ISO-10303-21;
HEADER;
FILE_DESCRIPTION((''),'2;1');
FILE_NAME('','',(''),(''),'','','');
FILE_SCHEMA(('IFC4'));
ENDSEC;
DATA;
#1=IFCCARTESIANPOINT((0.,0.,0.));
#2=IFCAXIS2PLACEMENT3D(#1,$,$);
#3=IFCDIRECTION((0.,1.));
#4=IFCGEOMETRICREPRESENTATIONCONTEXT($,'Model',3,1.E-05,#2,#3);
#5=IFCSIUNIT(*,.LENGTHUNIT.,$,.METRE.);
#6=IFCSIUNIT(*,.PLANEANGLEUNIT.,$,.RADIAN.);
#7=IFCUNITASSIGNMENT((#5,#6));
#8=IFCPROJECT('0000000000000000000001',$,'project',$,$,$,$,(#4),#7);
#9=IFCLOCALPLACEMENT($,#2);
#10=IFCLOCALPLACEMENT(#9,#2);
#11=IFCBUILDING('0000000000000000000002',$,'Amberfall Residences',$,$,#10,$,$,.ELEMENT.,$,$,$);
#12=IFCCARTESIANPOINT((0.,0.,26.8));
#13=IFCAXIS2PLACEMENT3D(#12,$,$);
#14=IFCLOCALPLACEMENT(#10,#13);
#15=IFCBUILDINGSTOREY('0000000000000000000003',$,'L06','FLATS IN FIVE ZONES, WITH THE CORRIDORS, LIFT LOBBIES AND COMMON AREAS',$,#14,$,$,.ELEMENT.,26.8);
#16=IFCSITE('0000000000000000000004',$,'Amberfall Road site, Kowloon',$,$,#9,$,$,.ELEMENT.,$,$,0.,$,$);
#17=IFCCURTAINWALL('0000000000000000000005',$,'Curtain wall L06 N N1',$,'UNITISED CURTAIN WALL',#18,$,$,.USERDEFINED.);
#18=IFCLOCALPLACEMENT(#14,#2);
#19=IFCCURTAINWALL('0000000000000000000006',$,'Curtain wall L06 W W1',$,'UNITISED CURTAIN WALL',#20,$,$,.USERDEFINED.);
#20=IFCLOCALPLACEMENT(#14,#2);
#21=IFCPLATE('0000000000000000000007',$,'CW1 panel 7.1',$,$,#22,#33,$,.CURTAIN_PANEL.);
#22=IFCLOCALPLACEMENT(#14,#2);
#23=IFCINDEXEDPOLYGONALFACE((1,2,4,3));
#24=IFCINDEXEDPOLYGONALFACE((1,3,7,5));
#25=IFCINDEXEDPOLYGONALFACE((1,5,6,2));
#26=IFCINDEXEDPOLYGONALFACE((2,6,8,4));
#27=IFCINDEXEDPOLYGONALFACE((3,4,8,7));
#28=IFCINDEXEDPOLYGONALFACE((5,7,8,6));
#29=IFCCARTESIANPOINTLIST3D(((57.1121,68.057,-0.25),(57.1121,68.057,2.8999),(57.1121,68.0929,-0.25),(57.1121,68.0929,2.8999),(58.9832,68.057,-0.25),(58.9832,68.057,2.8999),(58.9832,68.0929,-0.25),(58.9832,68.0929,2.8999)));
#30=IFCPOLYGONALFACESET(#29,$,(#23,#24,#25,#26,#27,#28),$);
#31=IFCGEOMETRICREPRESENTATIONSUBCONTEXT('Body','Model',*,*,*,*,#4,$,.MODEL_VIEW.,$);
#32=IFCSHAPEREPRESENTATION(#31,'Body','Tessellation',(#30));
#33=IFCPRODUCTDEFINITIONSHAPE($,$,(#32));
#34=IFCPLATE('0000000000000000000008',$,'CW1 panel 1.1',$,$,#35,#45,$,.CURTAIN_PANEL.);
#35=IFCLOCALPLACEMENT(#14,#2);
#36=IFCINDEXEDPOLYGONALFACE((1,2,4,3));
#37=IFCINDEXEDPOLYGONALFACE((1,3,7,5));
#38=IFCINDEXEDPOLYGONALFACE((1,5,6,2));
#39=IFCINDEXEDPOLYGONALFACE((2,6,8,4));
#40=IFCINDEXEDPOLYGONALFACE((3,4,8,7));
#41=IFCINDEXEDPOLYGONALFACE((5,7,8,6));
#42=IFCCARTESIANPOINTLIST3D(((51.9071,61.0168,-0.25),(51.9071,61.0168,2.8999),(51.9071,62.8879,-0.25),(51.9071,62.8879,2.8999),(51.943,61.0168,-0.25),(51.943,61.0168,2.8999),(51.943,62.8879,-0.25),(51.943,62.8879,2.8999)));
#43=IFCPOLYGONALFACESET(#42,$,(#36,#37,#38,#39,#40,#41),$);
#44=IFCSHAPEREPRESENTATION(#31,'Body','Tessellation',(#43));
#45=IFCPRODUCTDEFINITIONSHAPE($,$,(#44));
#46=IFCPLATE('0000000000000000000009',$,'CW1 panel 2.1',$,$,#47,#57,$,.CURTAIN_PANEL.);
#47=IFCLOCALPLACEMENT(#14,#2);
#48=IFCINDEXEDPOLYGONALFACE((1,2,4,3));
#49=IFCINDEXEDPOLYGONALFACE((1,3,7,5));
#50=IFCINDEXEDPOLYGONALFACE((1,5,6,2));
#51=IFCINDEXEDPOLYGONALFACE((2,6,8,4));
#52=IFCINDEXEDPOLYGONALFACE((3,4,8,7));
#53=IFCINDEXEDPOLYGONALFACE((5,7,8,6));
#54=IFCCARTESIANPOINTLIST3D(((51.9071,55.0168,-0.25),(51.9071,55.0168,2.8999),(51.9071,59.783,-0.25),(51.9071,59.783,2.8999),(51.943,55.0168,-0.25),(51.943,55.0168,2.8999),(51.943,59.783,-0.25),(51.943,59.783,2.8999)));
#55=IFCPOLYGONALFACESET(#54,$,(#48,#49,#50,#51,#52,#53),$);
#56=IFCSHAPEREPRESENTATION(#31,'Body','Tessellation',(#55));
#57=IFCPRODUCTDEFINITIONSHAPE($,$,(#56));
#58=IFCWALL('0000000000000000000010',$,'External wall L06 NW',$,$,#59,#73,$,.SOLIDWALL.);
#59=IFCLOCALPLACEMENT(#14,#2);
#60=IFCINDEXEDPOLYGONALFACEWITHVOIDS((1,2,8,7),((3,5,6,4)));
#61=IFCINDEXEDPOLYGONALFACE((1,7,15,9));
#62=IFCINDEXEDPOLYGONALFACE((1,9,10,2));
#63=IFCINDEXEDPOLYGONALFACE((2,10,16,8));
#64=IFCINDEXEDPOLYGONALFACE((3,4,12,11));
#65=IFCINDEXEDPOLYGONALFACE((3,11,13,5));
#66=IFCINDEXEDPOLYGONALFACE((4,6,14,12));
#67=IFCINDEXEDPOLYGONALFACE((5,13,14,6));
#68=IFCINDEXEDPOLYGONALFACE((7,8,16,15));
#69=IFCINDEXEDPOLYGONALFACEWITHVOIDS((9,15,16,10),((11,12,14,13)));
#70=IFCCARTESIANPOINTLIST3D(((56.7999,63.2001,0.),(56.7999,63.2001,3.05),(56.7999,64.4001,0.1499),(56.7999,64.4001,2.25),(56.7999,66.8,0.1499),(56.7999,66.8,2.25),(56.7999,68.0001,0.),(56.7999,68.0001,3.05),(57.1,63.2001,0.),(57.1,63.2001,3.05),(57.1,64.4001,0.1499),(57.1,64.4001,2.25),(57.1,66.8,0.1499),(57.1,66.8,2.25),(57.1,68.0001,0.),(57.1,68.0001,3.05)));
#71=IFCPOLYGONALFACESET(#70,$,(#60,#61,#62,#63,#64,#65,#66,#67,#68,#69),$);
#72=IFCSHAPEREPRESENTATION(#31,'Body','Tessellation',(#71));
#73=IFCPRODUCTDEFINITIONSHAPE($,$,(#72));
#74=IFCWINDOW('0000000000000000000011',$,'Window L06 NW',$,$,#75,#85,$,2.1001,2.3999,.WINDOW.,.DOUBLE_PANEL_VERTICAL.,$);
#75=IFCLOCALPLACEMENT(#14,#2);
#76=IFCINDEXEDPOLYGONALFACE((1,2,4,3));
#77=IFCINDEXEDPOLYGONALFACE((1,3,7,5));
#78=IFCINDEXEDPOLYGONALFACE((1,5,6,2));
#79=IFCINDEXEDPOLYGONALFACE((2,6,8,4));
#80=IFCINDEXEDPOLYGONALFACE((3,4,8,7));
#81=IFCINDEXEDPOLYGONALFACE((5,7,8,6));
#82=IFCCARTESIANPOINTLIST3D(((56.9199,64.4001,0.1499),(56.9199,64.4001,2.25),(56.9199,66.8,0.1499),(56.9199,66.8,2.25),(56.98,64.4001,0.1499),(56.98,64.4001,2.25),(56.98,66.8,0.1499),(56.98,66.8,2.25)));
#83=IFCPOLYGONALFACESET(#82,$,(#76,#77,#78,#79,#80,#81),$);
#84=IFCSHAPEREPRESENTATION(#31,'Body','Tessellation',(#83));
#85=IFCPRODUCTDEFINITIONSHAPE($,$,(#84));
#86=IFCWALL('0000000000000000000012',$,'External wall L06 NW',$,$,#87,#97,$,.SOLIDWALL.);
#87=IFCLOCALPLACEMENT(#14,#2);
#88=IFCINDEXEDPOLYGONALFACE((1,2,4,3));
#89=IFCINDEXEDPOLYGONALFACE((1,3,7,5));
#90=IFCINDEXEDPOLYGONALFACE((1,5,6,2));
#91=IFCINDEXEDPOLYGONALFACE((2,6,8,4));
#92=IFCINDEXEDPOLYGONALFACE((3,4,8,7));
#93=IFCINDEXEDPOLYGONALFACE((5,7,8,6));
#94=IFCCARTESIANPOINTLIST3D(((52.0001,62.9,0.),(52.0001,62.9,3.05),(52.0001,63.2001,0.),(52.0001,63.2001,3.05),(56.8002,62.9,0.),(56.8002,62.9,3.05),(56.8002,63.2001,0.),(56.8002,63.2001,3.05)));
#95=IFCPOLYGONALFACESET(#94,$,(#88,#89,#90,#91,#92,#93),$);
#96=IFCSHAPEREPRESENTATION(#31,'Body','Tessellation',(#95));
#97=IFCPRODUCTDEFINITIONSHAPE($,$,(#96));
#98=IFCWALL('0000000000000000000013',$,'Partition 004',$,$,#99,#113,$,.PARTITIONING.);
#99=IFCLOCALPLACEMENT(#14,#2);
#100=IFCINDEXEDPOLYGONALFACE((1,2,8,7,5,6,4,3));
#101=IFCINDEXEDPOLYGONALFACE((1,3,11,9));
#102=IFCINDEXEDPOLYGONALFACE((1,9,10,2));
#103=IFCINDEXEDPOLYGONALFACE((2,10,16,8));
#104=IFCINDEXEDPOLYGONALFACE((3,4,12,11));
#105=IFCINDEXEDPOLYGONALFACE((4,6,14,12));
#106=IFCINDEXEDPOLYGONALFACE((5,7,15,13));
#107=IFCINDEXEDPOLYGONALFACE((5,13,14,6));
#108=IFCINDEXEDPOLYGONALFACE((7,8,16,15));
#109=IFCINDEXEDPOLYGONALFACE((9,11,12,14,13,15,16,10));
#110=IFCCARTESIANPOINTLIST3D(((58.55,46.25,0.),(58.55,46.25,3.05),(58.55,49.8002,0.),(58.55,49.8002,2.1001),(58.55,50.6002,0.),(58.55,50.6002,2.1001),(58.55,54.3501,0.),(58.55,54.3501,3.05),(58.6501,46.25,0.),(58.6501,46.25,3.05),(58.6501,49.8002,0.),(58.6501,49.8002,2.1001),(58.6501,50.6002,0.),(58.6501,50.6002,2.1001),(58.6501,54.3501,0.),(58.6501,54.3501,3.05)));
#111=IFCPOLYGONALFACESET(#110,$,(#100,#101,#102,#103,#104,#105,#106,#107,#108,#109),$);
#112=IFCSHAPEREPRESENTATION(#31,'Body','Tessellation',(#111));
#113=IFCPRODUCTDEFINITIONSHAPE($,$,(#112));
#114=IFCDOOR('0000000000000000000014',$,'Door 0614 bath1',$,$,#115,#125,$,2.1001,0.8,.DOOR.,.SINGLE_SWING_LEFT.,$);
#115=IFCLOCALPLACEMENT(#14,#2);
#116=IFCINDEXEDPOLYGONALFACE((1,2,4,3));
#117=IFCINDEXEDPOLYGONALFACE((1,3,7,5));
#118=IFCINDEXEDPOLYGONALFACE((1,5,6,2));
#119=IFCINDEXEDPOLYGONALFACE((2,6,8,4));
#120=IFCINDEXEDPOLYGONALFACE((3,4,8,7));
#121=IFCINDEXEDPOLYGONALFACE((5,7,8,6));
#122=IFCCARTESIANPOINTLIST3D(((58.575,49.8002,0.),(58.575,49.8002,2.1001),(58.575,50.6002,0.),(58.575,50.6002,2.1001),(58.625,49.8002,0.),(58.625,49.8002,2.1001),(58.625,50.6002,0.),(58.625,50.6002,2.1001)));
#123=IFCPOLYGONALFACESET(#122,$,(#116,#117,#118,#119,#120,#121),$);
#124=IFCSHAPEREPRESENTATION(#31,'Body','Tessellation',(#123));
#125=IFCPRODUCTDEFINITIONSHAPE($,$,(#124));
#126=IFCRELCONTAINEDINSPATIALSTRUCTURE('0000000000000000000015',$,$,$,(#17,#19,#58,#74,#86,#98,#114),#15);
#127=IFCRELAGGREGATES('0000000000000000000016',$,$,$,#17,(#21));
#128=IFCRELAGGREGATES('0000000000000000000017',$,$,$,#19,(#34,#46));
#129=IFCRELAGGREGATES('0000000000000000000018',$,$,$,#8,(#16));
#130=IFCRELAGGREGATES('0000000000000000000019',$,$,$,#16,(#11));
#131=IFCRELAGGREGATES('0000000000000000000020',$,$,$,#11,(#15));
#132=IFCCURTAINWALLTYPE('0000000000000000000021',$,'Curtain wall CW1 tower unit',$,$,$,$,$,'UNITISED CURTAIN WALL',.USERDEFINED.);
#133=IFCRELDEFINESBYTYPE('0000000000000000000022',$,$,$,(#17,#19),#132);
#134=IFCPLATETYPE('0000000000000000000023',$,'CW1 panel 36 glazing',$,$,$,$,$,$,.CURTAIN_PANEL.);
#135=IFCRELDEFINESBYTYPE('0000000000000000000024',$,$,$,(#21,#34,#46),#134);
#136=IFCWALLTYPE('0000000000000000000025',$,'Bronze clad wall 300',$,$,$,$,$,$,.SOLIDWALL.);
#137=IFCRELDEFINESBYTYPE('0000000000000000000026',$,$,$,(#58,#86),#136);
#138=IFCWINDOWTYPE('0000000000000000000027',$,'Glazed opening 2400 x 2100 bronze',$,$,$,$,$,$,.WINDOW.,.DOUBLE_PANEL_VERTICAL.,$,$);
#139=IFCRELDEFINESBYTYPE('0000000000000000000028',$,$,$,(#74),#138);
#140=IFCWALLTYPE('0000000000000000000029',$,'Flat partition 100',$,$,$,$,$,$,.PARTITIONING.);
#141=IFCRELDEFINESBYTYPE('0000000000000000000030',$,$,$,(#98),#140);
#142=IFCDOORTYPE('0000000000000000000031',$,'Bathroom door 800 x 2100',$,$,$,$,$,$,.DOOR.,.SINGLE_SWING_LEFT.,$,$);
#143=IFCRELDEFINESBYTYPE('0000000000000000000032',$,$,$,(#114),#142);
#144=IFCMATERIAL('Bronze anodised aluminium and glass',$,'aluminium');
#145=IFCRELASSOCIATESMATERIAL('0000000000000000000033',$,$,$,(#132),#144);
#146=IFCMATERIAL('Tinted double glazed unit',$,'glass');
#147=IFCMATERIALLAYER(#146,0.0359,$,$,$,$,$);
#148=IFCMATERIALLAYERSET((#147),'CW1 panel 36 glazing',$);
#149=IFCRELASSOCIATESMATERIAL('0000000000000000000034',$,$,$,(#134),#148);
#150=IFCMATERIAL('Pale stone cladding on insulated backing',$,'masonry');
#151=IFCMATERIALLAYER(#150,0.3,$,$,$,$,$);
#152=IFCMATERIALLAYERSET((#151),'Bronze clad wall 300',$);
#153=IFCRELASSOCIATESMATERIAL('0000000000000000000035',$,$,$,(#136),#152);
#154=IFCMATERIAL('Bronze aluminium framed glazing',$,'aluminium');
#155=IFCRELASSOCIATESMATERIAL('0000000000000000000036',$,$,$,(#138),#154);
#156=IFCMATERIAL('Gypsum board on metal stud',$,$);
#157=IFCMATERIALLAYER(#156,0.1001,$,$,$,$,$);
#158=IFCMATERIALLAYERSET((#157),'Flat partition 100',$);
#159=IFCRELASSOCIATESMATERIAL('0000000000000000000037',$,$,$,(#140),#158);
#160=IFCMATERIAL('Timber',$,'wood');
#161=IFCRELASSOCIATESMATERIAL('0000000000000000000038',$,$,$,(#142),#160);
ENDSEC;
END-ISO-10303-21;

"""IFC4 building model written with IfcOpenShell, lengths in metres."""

from ifc_helpers import new_model, si_unit, direction, frame, frame_2d, origin, origin_2d, place, context, subcontext, project, spatial, rectangle, extrude, material, layer, layer_set, type_object, element, fill, aggregate, save


model = new_model("IFC4")

# Units and contexts
model_context = context("Model", 3, precision=1e-05, world=origin(), true_north=direction((0.0, 1.0)))
body_context = subcontext(model_context, "Body", "Model", "MODEL_VIEW")
ifc_project = project(units=[si_unit("LENGTHUNIT", "METRE"), si_unit("PLANEANGLEUNIT", "RADIAN")], contexts=[model_context])

# Site, building, storey
site_placement = place(None, origin())
site = spatial("IfcSite", under=ifc_project, at=site_placement, Name="Amberfall Road site, Kowloon", CompositionType="ELEMENT", RefElevation=0.0)
building_placement = place(site_placement, origin())
building = spatial("IfcBuilding", under=site, at=building_placement, Name="Amberfall Residences", CompositionType="ELEMENT")
storey_placement = place(building_placement, frame((0.0, 0.0, 26.8)))
storey = spatial("IfcBuildingStorey", under=building, at=storey_placement, Name="L06", Description="FLATS IN FIVE ZONES, WITH THE CORRIDORS, LIFT LOBBIES AND COMMON AREAS", CompositionType="ELEMENT", Elevation=26.8)

# Curtain wall
ifc_material_1 = material(Name="Bronze anodised aluminium and glass", Category="aluminium")
curtain_wall_type = type_object("IfcCurtainWallType", Name="Curtain wall CW1 tower unit", ElementType="UNITISED CURTAIN WALL", PredefinedType="USERDEFINED", material=ifc_material_1)
curtain_wall_1_placement = place(storey_placement, origin())
curtain_wall_1 = element("IfcCurtainWall", 1, at=curtain_wall_1_placement, inside=storey, type_object=curtain_wall_type, Name="Curtain wall L06 N N1", ObjectType="UNITISED CURTAIN WALL", PredefinedType="USERDEFINED")

# Curtain wall
curtain_wall_2_placement = place(storey_placement, origin())
curtain_wall_2 = element("IfcCurtainWall", 2, at=curtain_wall_2_placement, inside=storey, type_object=curtain_wall_type, Name="Curtain wall L06 W W1", ObjectType="UNITISED CURTAIN WALL", PredefinedType="USERDEFINED")

# Plates
ifc_material_2 = material(Name="Tinted double glazed unit", Category="glass")
ifc_layer_1 = layer(ifc_material_2, 0.0359)
ifc_layer_set_1 = layer_set([ifc_layer_1], Name="CW1 panel 36 glazing")
plate_type = type_object("IfcPlateType", Name="CW1 panel 36 glazing", PredefinedType="CURTAIN_PANEL", material=ifc_layer_set_1)
plate_1_placement = place(storey_placement, frame((58.0476, 68.075, -0.25), z_axis=(0.0, 0.0, 1.0), x_axis=(-1.0, 0.0, 0.0)))
plate_1 = element("IfcPlate", 3, at=plate_1_placement, type_object=plate_type, Name="CW1 panel 7.1", PredefinedType="CURTAIN_PANEL", context=body_context, shape_type="SweptSolid", body=[
    extrude(rectangle(XDim=1.8711, YDim=0.0359, at=origin_2d()), origin(), (0.0, 0.0, 1.0), 3.1499),
])
aggregate(curtain_wall_1, [plate_1])
plate_2_placement = place(storey_placement, frame((51.925, 61.9524, -0.25), z_axis=(0.0, 0.0, 1.0), x_axis=(0.0, -1.0, 0.0)))
plate_2 = element("IfcPlate", 4, at=plate_2_placement, type_object=plate_type, Name="CW1 panel 1.1", PredefinedType="CURTAIN_PANEL", context=body_context, shape_type="SweptSolid", body=[
    extrude(rectangle(XDim=1.8711, YDim=0.0359, at=origin_2d()), origin(), (0.0, 0.0, 1.0), 3.1499),
])
plate_3_placement = place(storey_placement, frame((51.925, 57.3999, -0.25), z_axis=(0.0, 0.0, 1.0), x_axis=(0.0, -1.0, 0.0)))
plate_3 = element("IfcPlate", 5, at=plate_3_placement, type_object=plate_type, Name="CW1 panel 2.1", PredefinedType="CURTAIN_PANEL", context=body_context, shape_type="SweptSolid", body=[
    extrude(rectangle(XDim=4.7661, YDim=0.0359, at=origin_2d()), origin(), (0.0, 0.0, 1.0), 3.1499),
])
aggregate(curtain_wall_2, [plate_2, plate_3])

# Wall, opening, window
ifc_material_3 = material(Name="Pale stone cladding on insulated backing", Category="masonry")
ifc_layer_2 = layer(ifc_material_3, 0.3)
ifc_layer_set_2 = layer_set([ifc_layer_2], Name="Bronze clad wall 300")
wall_type_1 = type_object("IfcWallType", Name="Bronze clad wall 300", PredefinedType="SOLIDWALL", material=ifc_layer_set_2)
wall_1_placement = place(storey_placement, frame((56.95, 68.0, 0.0), z_axis=(0.0, 0.0, 1.0), x_axis=(0.0, -1.0, 0.0)))
wall_1 = element("IfcWall", 6, at=wall_1_placement, inside=storey, type_object=wall_type_1, Name="External wall L06 NW", PredefinedType="SOLIDWALL", context=body_context, shape_type="SweptSolid", body=[
    extrude(rectangle(XDim=4.8, YDim=0.3, at=frame_2d((2.3999, 0.0))), origin(), (0.0, 0.0, 1.0), 3.05),
])
opening_1_placement = place(wall_1_placement, frame((1.2, 0.0, 0.1499)))
opening_1 = element("IfcOpeningElement", 7, at=opening_1_placement, cuts=wall_1, PredefinedType="OPENING", context=body_context, shape_type="SweptSolid", body=[
    extrude(rectangle(XDim=2.3999, YDim=2.1001, at=frame_2d((1.2, 1.05))), frame((0.0, 0.1599, 0.0), z_axis=(0.0, -1.0, 0.0), x_axis=(1.0, 0.0, 0.0)), (0.0, 0.0, 1.0), 0.3201),
])
ifc_material_4 = material(Name="Bronze aluminium framed glazing", Category="aluminium")
window_type = type_object("IfcWindowType", Name="Glazed opening 2400 x 2100 bronze", PartitioningType="DOUBLE_PANEL_VERTICAL", PredefinedType="WINDOW", material=ifc_material_4)
window_placement = place(opening_1_placement, origin())
window = element("IfcWindow", 8, at=window_placement, inside=storey, type_object=window_type, Name="Window L06 NW", OverallHeight=2.1001, OverallWidth=2.3999, PartitioningType="DOUBLE_PANEL_VERTICAL", PredefinedType="WINDOW", context=body_context, shape_type="SweptSolid", body=[
    extrude(rectangle(XDim=2.3999, YDim=2.1001, at=frame_2d((1.2, 1.05))), frame((0.0, 0.03, 0.0), z_axis=(0.0, -1.0, 0.0), x_axis=(1.0, 0.0, 0.0)), (0.0, 0.0, 1.0), 0.0601),
])
fill(opening_1, window)

# Wall
wall_2_placement = place(storey_placement, frame((56.8, 63.05, 0.0), z_axis=(0.0, 0.0, 1.0), x_axis=(-1.0, 0.0, 0.0)))
element("IfcWall", 9, at=wall_2_placement, inside=storey, type_object=wall_type_1, Name="External wall L06 NW", PredefinedType="SOLIDWALL", context=body_context, shape_type="SweptSolid", body=[
    extrude(rectangle(XDim=4.8, YDim=0.3, at=frame_2d((2.3999, 0.0))), origin(), (0.0, 0.0, 1.0), 3.05),
])

# Wall, opening, door
ifc_material_5 = material(Name="Gypsum board on metal stud")
ifc_layer_3 = layer(ifc_material_5, 0.1001)
ifc_layer_set_3 = layer_set([ifc_layer_3], Name="Flat partition 100")
wall_type_2 = type_object("IfcWallType", Name="Flat partition 100", PredefinedType="PARTITIONING", material=ifc_layer_set_3)
wall_3_placement = place(storey_placement, frame((58.6001, 54.3501, 0.0), z_axis=(0.0, 0.0, 1.0), x_axis=(0.0, -1.0, 0.0)))
wall_3 = element("IfcWall", 10, at=wall_3_placement, inside=storey, type_object=wall_type_2, Name="Partition 004", PredefinedType="PARTITIONING", context=body_context, shape_type="SweptSolid", body=[
    extrude(rectangle(XDim=8.1001, YDim=0.1001, at=frame_2d((4.05, 0.0))), origin(), (0.0, 0.0, 1.0), 3.05),
])
opening_2_placement = place(wall_3_placement, frame((3.75, 0.0, 0.0)))
opening_2 = element("IfcOpeningElement", 11, at=opening_2_placement, cuts=wall_3, PredefinedType="OPENING", context=body_context, shape_type="SweptSolid", body=[
    extrude(rectangle(XDim=0.8, YDim=2.1001, at=frame_2d((0.3999, 1.05))), frame((0.0, 0.0601, 0.0), z_axis=(0.0, -1.0, 0.0), x_axis=(1.0, 0.0, 0.0)), (0.0, 0.0, 1.0), 0.1201),
])
ifc_material_6 = material(Name="Timber", Category="wood")
door_type = type_object("IfcDoorType", Name="Bathroom door 800 x 2100", OperationType="SINGLE_SWING_LEFT", PredefinedType="DOOR", material=ifc_material_6)
door_placement = place(opening_2_placement, origin())
door = element("IfcDoor", 12, at=door_placement, inside=storey, type_object=door_type, Name="Door 0614 bath1", OperationType="SINGLE_SWING_LEFT", OverallHeight=2.1001, OverallWidth=0.8, PredefinedType="DOOR", context=body_context, shape_type="SweptSolid", body=[
    extrude(rectangle(XDim=0.8, YDim=2.1001, at=frame_2d((0.3999, 1.05))), frame((0.0, 0.0249, 0.0), z_axis=(0.0, -1.0, 0.0), x_axis=(1.0, 0.0, 0.0)), (0.0, 0.0, 1.0), 0.05),
])
fill(opening_2, door)

save(model, "model.ifc")
